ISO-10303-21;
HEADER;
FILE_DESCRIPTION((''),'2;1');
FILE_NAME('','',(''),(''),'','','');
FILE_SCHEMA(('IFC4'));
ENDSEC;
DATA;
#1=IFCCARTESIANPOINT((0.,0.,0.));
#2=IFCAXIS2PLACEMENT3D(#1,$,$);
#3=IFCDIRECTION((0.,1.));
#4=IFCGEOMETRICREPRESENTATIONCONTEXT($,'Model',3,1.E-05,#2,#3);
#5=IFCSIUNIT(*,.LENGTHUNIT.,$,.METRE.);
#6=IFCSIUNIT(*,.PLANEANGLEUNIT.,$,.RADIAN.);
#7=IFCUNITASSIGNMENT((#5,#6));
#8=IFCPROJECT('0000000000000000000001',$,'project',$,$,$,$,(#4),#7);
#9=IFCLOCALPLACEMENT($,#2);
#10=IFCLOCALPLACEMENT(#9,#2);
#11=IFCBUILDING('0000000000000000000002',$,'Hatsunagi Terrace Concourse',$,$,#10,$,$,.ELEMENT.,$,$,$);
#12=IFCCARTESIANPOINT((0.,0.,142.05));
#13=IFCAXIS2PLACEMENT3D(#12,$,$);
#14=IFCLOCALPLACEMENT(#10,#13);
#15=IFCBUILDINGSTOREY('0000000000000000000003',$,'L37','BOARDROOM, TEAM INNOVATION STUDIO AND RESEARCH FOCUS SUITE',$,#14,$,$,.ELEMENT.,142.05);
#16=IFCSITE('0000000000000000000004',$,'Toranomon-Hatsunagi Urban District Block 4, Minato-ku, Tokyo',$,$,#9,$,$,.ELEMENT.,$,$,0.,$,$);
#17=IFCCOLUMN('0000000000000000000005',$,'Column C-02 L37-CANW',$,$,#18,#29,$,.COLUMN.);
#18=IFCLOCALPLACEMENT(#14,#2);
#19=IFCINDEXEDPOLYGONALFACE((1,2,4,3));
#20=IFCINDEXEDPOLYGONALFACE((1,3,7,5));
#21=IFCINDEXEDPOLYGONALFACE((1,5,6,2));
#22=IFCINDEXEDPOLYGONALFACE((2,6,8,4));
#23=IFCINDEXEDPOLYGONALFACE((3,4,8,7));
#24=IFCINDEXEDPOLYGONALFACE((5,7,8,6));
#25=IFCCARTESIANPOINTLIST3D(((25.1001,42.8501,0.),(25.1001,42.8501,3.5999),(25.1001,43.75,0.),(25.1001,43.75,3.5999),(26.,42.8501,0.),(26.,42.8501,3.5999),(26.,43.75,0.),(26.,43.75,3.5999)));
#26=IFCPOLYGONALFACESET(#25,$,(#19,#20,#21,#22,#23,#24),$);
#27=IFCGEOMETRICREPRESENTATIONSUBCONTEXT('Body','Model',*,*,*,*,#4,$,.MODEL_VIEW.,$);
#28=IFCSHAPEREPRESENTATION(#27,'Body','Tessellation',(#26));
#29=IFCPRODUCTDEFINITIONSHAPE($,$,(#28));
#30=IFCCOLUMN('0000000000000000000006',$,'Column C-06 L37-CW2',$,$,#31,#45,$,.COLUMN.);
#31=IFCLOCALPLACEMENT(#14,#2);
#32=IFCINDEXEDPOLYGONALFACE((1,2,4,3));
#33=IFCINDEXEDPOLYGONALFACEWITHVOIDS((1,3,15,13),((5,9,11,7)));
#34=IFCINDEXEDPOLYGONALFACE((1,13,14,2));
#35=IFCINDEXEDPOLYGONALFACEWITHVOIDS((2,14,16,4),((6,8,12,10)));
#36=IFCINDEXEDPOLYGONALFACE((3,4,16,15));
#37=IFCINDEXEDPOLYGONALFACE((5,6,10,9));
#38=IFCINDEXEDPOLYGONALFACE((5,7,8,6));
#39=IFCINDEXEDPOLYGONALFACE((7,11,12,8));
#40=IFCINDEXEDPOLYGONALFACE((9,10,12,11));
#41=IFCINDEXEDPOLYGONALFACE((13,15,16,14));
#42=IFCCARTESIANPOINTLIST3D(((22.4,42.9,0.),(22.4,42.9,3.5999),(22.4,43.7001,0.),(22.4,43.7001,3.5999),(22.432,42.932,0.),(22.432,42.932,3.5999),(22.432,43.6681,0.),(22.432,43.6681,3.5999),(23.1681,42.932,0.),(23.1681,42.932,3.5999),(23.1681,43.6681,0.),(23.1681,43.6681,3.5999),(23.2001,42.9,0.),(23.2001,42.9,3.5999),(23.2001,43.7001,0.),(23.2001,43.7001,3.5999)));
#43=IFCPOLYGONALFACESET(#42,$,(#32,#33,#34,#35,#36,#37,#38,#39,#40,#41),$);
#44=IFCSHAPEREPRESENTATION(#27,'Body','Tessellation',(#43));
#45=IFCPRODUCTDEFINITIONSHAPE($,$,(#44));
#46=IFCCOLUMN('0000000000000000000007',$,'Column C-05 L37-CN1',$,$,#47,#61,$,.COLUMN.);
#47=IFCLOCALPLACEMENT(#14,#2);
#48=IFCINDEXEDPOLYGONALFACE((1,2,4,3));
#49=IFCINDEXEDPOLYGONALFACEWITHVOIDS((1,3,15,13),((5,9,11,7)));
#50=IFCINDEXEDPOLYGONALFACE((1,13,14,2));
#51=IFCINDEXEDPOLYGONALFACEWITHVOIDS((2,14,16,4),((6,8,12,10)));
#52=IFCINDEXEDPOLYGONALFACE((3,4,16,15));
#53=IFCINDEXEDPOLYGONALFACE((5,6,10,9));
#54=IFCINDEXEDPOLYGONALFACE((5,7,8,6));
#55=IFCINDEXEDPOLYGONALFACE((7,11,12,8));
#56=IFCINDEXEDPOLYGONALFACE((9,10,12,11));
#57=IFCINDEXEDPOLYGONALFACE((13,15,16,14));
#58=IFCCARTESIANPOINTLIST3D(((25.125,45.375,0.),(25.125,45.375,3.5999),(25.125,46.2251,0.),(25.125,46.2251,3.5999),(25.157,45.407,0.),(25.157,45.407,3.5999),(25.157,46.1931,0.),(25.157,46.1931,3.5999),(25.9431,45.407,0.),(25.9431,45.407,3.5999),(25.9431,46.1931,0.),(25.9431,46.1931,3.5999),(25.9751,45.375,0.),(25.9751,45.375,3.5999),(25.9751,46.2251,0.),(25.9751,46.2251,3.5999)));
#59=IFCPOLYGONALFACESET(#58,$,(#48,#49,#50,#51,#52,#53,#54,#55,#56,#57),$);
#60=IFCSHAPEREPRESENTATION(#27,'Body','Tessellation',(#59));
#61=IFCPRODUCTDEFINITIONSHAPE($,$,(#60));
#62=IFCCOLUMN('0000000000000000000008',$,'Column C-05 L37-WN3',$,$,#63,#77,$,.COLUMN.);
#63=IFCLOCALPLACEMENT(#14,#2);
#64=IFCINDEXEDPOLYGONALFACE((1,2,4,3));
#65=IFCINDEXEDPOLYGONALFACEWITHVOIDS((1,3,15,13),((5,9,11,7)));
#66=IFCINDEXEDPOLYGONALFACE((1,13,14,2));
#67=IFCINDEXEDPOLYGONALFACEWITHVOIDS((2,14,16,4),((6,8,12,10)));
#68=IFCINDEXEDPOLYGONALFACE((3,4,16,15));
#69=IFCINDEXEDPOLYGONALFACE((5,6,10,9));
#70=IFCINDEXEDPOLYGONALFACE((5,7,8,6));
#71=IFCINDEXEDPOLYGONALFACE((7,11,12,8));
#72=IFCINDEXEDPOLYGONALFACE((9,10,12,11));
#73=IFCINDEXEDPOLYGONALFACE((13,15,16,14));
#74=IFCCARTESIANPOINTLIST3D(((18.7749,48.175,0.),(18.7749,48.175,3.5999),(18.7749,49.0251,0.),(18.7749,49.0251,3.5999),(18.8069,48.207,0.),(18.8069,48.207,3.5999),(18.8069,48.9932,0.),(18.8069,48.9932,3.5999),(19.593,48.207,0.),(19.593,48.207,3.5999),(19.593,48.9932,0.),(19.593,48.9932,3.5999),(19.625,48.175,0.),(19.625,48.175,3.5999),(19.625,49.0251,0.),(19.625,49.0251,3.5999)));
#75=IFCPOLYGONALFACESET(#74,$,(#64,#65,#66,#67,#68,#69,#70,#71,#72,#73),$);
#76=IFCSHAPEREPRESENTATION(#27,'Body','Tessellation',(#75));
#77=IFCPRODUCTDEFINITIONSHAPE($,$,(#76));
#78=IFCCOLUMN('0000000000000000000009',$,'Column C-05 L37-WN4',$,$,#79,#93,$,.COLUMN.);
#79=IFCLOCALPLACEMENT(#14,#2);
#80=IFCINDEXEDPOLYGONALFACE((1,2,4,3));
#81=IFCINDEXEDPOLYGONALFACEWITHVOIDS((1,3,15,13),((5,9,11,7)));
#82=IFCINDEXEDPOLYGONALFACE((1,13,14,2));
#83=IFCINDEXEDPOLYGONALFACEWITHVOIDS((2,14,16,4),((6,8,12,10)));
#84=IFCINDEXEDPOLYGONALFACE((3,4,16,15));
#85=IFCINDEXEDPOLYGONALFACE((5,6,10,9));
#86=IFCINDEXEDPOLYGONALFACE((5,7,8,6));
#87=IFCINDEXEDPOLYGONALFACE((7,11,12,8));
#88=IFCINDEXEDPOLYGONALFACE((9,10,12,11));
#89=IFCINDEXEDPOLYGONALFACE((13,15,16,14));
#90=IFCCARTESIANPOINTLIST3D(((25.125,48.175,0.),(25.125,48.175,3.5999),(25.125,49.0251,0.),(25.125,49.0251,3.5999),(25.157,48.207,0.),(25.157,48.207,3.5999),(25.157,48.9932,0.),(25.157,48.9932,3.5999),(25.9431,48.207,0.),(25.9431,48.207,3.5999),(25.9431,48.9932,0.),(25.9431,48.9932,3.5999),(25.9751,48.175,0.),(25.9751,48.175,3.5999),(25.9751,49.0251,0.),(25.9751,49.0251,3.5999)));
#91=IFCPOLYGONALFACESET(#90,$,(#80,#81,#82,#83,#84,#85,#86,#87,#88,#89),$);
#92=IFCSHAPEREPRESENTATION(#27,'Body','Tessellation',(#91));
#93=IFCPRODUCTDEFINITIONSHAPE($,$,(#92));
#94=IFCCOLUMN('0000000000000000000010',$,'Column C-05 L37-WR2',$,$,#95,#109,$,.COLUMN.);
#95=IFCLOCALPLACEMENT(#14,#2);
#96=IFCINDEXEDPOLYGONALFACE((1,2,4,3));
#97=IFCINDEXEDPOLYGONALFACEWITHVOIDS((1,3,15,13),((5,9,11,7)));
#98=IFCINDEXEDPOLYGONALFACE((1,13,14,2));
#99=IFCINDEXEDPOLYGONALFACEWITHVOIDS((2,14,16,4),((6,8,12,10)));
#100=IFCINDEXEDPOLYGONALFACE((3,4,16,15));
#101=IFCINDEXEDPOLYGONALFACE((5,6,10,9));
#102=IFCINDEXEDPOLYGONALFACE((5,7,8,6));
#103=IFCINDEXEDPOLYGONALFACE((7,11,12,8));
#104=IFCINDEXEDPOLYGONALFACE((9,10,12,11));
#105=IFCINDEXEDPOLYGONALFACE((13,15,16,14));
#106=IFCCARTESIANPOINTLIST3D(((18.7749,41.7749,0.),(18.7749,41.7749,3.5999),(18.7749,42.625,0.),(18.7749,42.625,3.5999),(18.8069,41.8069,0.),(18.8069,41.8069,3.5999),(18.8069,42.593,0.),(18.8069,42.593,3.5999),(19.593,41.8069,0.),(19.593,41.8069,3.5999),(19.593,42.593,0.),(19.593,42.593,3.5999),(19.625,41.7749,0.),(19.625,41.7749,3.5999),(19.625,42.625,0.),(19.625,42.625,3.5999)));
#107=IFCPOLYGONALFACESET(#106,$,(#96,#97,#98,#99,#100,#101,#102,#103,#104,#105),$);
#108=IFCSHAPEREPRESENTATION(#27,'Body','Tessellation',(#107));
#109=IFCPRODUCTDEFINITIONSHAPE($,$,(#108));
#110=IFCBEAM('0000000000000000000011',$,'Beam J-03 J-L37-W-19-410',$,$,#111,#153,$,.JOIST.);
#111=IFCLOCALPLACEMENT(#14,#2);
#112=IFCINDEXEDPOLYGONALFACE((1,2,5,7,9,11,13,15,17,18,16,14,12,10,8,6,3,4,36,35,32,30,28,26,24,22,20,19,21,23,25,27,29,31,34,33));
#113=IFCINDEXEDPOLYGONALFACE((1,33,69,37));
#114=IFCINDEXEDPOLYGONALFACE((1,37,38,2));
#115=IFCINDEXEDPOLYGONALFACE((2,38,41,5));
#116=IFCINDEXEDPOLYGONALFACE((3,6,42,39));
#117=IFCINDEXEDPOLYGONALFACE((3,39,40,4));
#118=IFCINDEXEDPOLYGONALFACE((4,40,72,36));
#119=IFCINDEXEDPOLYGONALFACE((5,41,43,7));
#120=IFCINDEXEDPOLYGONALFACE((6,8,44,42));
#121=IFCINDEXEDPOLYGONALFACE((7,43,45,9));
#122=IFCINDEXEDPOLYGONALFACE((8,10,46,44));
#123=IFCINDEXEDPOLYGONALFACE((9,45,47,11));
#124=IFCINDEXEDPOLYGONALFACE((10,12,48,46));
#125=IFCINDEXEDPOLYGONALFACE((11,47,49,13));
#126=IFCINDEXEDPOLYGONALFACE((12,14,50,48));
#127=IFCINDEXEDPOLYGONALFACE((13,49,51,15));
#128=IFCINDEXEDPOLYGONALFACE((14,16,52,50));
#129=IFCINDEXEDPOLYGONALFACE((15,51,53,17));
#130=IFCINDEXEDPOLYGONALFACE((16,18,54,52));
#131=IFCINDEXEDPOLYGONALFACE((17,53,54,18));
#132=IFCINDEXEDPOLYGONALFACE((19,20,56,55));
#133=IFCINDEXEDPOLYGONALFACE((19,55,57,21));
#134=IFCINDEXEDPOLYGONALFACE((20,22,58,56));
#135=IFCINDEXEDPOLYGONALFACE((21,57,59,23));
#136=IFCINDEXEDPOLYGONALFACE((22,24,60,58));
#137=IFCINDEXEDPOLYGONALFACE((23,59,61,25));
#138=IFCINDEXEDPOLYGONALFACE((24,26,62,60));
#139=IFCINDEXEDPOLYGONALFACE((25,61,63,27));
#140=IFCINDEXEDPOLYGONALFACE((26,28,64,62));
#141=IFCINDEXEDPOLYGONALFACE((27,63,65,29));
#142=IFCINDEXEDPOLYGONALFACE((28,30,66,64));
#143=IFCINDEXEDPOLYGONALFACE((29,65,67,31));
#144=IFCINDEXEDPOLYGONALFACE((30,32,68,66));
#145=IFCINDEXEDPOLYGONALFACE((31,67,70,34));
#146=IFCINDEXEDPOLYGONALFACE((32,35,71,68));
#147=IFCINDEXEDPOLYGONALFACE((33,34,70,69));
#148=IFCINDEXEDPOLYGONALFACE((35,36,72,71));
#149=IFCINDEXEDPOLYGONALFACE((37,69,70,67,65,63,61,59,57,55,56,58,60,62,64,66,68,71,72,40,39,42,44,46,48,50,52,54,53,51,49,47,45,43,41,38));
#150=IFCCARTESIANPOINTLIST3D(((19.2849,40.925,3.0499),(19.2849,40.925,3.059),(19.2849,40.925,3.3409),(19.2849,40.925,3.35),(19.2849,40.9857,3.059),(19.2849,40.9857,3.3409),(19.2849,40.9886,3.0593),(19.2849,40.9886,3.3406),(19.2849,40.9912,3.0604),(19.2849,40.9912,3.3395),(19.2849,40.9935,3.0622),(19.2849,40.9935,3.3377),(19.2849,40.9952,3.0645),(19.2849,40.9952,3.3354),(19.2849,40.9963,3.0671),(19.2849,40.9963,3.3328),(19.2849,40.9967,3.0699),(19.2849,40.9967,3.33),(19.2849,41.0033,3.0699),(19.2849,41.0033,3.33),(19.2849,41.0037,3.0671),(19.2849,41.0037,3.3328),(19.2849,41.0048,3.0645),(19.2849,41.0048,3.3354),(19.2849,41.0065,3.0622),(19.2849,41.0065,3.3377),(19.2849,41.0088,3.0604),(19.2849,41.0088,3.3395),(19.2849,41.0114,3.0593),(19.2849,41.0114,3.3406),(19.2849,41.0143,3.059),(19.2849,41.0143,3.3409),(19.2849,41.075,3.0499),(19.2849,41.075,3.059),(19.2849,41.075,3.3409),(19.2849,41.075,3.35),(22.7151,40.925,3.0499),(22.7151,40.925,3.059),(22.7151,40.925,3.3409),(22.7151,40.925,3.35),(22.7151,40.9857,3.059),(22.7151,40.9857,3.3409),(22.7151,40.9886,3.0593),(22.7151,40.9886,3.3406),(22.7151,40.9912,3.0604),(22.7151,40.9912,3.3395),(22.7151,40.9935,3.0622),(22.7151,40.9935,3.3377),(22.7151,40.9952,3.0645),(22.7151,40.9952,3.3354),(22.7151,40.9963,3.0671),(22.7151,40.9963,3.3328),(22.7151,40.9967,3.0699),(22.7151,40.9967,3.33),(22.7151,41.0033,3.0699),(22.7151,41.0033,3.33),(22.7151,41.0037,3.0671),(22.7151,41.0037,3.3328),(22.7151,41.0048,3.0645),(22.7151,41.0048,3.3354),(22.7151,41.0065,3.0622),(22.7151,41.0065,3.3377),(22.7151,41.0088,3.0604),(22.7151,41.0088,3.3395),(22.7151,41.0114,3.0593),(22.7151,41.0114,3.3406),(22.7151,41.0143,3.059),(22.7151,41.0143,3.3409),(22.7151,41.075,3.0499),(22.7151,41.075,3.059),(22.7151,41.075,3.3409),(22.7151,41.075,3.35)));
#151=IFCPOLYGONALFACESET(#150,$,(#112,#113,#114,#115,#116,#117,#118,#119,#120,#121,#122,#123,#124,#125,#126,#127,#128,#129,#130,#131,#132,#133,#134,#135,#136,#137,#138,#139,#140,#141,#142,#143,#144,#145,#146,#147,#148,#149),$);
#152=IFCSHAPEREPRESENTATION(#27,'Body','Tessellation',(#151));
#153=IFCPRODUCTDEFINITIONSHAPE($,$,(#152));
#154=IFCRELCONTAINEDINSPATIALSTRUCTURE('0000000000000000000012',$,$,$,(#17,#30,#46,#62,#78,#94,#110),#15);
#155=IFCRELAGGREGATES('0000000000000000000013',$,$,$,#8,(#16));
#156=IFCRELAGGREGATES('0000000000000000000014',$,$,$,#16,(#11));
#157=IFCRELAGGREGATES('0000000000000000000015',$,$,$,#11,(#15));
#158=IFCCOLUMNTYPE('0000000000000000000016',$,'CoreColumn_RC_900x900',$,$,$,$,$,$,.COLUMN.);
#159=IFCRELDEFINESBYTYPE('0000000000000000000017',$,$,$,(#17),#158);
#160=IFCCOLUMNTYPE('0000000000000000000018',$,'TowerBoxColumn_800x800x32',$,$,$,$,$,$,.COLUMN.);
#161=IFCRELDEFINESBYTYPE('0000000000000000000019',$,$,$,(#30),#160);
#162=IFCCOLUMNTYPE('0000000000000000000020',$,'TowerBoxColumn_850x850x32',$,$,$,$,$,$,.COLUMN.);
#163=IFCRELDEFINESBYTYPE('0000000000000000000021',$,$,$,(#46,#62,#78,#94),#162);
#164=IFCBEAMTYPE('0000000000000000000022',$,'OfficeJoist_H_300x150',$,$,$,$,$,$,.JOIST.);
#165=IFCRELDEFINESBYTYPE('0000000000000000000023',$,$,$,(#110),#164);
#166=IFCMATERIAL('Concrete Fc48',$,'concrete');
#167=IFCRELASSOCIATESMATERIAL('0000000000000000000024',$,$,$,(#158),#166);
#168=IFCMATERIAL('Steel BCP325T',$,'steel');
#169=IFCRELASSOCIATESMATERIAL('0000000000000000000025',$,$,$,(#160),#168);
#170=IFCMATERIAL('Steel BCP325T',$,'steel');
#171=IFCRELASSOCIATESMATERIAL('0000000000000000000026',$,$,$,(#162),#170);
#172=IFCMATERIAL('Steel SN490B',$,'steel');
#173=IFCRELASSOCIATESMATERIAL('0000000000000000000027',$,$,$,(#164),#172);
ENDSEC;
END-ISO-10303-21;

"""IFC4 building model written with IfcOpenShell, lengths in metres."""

from ifc_helpers import new_model, si_unit, direction, frame, origin, origin_2d, place, context, subcontext, project, spatial, rectangle, hollow_rectangle, i_section, extrude, material, material_profile, profile_set, type_object, element, save


model = new_model("IFC4")

# Units and contexts
model_context = context("Model", 3, precision=1e-05, world=origin(), true_north=direction((0.0, 1.0)))
body_context = subcontext(model_context, "Body", "Model", "MODEL_VIEW")
ifc_project = project(units=[si_unit("LENGTHUNIT", "METRE"), si_unit("PLANEANGLEUNIT", "RADIAN")], contexts=[model_context])

# Site, building, storey
site_placement = place(None, origin())
site = spatial("IfcSite", under=ifc_project, at=site_placement, Name="Toranomon-Hatsunagi Urban District Block 4, Minato-ku, Tokyo", CompositionType="ELEMENT", RefElevation=0.0)
building_placement = place(site_placement, origin())
building = spatial("IfcBuilding", under=site, at=building_placement, Name="Hatsunagi Terrace Concourse", CompositionType="ELEMENT")
storey_placement = place(building_placement, frame((0.0, 0.0, 142.05)))
storey = spatial("IfcBuildingStorey", under=building, at=storey_placement, Name="L37", Description="BOARDROOM, TEAM INNOVATION STUDIO AND RESEARCH FOCUS SUITE", CompositionType="ELEMENT", Elevation=142.05)

# Columns
ifc_material_1 = material(Name="Concrete Fc48", Category="concrete")
ifc_material_profile_1 = material_profile(ifc_material_1, rectangle(XDim=0.8999, YDim=0.8999, at=origin_2d()), Name="RC-900x900")
ifc_profile_set_1 = profile_set([ifc_material_profile_1], Name="Concrete Fc48")
column_type_1 = type_object("IfcColumnType", Name="CoreColumn_RC_900x900", PredefinedType="COLUMN", material=ifc_profile_set_1)
column_1_placement = place(storey_placement, frame((25.55, 43.3, 0.0), z_axis=(0.0, 0.0, 1.0), x_axis=(1.0, 0.0, 0.0)))
element("IfcColumn", 1, at=column_1_placement, inside=storey, type_object=column_type_1, Name="Column C-02 L37-CANW", PredefinedType="COLUMN", context=body_context, shape_type="SweptSolid", body=[
    extrude(rectangle(XDim=0.8999, YDim=0.8999, at=origin_2d()), origin(), (0.0, 0.0, 1.0), 3.5999),
])
ifc_material_2 = material(Name="Steel BCP325T", Category="steel")
ifc_material_profile_2 = material_profile(ifc_material_2, hollow_rectangle(XDim=0.8, YDim=0.8, WallThickness=0.032, at=origin_2d()), Name="BCP-800x800x32")
ifc_profile_set_2 = profile_set([ifc_material_profile_2], Name="Steel BCP325T")
column_type_2 = type_object("IfcColumnType", Name="TowerBoxColumn_800x800x32", PredefinedType="COLUMN", material=ifc_profile_set_2)
column_2_placement = place(storey_placement, frame((22.8, 43.3, 0.0), z_axis=(0.0, 0.0, 1.0), x_axis=(1.0, 0.0, 0.0)))
element("IfcColumn", 2, at=column_2_placement, inside=storey, type_object=column_type_2, Name="Column C-06 L37-CW2", PredefinedType="COLUMN", context=body_context, shape_type="SweptSolid", body=[
    extrude(hollow_rectangle(XDim=0.8, YDim=0.8, WallThickness=0.032, at=origin_2d()), origin(), (0.0, 0.0, 1.0), 3.5999),
])
ifc_material_3 = material(Name="Steel BCP325T", Category="steel")
ifc_material_profile_3 = material_profile(ifc_material_3, hollow_rectangle(XDim=0.8501, YDim=0.8501, WallThickness=0.032, at=origin_2d()), Name="BCP-850x850x32")
ifc_profile_set_3 = profile_set([ifc_material_profile_3], Name="Steel BCP325T")
column_type_3 = type_object("IfcColumnType", Name="TowerBoxColumn_850x850x32", PredefinedType="COLUMN", material=ifc_profile_set_3)
for number, where, z_axis, x_axis, name in (
    (3, (25.55, 45.8, 0.0), (0.0, 0.0, 1.0), (1.0, 0.0, 0.0), "Column C-05 L37-CN1"),
    (4, (19.2, 48.6001, 0.0), (0.0, 0.0, 1.0), (1.0, 0.0, 0.0), "Column C-05 L37-WN3"),
    (5, (25.55, 48.6001, 0.0), (0.0, 0.0, 1.0), (1.0, 0.0, 0.0), "Column C-05 L37-WN4"),
    (6, (19.2, 42.2, 0.0), (0.0, 0.0, 1.0), (1.0, 0.0, 0.0), "Column C-05 L37-WR2"),
):
    element("IfcColumn", number, at=place(storey_placement, frame(where, z_axis=z_axis, x_axis=x_axis)), inside=storey, type_object=column_type_3, Name=name, PredefinedType="COLUMN", context=body_context, shape_type="SweptSolid", body=[
        extrude(hollow_rectangle(XDim=0.8501, YDim=0.8501, WallThickness=0.032, at=origin_2d()), origin(), (0.0, 0.0, 1.0), 3.5999),
    ])

# Beam
ifc_material_4 = material(Name="Steel SN490B", Category="steel")
ifc_material_profile_4 = material_profile(ifc_material_4, i_section(OverallWidth=0.1499, OverallDepth=0.3, WebThickness=0.0066, FlangeThickness=0.009, FilletRadius=0.011, at=origin_2d()), Name="H-300x150x6.5x9")
ifc_profile_set_4 = profile_set([ifc_material_profile_4], Name="Steel SN490B")
beam_type_1 = type_object("IfcBeamType", Name="OfficeJoist_H_300x150", PredefinedType="JOIST", material=ifc_profile_set_4)
beam_1_placement = place(storey_placement, frame((19.2849, 41.0, 3.2), z_axis=(1.0, 0.0, 0.0), x_axis=(0.0, 1.0, 0.0)))
element("IfcBeam", 7, at=beam_1_placement, inside=storey, type_object=beam_type_1, Name="Beam J-03 J-L37-W-19-410", PredefinedType="JOIST", context=body_context, shape_type="SweptSolid", body=[
    extrude(i_section(OverallWidth=0.1499, OverallDepth=0.3, WebThickness=0.0066, FlangeThickness=0.009, FilletRadius=0.011, at=origin_2d()), origin(), (0.0, 0.0, 1.0), 3.4302),
])

save(model, "model.ifc")
